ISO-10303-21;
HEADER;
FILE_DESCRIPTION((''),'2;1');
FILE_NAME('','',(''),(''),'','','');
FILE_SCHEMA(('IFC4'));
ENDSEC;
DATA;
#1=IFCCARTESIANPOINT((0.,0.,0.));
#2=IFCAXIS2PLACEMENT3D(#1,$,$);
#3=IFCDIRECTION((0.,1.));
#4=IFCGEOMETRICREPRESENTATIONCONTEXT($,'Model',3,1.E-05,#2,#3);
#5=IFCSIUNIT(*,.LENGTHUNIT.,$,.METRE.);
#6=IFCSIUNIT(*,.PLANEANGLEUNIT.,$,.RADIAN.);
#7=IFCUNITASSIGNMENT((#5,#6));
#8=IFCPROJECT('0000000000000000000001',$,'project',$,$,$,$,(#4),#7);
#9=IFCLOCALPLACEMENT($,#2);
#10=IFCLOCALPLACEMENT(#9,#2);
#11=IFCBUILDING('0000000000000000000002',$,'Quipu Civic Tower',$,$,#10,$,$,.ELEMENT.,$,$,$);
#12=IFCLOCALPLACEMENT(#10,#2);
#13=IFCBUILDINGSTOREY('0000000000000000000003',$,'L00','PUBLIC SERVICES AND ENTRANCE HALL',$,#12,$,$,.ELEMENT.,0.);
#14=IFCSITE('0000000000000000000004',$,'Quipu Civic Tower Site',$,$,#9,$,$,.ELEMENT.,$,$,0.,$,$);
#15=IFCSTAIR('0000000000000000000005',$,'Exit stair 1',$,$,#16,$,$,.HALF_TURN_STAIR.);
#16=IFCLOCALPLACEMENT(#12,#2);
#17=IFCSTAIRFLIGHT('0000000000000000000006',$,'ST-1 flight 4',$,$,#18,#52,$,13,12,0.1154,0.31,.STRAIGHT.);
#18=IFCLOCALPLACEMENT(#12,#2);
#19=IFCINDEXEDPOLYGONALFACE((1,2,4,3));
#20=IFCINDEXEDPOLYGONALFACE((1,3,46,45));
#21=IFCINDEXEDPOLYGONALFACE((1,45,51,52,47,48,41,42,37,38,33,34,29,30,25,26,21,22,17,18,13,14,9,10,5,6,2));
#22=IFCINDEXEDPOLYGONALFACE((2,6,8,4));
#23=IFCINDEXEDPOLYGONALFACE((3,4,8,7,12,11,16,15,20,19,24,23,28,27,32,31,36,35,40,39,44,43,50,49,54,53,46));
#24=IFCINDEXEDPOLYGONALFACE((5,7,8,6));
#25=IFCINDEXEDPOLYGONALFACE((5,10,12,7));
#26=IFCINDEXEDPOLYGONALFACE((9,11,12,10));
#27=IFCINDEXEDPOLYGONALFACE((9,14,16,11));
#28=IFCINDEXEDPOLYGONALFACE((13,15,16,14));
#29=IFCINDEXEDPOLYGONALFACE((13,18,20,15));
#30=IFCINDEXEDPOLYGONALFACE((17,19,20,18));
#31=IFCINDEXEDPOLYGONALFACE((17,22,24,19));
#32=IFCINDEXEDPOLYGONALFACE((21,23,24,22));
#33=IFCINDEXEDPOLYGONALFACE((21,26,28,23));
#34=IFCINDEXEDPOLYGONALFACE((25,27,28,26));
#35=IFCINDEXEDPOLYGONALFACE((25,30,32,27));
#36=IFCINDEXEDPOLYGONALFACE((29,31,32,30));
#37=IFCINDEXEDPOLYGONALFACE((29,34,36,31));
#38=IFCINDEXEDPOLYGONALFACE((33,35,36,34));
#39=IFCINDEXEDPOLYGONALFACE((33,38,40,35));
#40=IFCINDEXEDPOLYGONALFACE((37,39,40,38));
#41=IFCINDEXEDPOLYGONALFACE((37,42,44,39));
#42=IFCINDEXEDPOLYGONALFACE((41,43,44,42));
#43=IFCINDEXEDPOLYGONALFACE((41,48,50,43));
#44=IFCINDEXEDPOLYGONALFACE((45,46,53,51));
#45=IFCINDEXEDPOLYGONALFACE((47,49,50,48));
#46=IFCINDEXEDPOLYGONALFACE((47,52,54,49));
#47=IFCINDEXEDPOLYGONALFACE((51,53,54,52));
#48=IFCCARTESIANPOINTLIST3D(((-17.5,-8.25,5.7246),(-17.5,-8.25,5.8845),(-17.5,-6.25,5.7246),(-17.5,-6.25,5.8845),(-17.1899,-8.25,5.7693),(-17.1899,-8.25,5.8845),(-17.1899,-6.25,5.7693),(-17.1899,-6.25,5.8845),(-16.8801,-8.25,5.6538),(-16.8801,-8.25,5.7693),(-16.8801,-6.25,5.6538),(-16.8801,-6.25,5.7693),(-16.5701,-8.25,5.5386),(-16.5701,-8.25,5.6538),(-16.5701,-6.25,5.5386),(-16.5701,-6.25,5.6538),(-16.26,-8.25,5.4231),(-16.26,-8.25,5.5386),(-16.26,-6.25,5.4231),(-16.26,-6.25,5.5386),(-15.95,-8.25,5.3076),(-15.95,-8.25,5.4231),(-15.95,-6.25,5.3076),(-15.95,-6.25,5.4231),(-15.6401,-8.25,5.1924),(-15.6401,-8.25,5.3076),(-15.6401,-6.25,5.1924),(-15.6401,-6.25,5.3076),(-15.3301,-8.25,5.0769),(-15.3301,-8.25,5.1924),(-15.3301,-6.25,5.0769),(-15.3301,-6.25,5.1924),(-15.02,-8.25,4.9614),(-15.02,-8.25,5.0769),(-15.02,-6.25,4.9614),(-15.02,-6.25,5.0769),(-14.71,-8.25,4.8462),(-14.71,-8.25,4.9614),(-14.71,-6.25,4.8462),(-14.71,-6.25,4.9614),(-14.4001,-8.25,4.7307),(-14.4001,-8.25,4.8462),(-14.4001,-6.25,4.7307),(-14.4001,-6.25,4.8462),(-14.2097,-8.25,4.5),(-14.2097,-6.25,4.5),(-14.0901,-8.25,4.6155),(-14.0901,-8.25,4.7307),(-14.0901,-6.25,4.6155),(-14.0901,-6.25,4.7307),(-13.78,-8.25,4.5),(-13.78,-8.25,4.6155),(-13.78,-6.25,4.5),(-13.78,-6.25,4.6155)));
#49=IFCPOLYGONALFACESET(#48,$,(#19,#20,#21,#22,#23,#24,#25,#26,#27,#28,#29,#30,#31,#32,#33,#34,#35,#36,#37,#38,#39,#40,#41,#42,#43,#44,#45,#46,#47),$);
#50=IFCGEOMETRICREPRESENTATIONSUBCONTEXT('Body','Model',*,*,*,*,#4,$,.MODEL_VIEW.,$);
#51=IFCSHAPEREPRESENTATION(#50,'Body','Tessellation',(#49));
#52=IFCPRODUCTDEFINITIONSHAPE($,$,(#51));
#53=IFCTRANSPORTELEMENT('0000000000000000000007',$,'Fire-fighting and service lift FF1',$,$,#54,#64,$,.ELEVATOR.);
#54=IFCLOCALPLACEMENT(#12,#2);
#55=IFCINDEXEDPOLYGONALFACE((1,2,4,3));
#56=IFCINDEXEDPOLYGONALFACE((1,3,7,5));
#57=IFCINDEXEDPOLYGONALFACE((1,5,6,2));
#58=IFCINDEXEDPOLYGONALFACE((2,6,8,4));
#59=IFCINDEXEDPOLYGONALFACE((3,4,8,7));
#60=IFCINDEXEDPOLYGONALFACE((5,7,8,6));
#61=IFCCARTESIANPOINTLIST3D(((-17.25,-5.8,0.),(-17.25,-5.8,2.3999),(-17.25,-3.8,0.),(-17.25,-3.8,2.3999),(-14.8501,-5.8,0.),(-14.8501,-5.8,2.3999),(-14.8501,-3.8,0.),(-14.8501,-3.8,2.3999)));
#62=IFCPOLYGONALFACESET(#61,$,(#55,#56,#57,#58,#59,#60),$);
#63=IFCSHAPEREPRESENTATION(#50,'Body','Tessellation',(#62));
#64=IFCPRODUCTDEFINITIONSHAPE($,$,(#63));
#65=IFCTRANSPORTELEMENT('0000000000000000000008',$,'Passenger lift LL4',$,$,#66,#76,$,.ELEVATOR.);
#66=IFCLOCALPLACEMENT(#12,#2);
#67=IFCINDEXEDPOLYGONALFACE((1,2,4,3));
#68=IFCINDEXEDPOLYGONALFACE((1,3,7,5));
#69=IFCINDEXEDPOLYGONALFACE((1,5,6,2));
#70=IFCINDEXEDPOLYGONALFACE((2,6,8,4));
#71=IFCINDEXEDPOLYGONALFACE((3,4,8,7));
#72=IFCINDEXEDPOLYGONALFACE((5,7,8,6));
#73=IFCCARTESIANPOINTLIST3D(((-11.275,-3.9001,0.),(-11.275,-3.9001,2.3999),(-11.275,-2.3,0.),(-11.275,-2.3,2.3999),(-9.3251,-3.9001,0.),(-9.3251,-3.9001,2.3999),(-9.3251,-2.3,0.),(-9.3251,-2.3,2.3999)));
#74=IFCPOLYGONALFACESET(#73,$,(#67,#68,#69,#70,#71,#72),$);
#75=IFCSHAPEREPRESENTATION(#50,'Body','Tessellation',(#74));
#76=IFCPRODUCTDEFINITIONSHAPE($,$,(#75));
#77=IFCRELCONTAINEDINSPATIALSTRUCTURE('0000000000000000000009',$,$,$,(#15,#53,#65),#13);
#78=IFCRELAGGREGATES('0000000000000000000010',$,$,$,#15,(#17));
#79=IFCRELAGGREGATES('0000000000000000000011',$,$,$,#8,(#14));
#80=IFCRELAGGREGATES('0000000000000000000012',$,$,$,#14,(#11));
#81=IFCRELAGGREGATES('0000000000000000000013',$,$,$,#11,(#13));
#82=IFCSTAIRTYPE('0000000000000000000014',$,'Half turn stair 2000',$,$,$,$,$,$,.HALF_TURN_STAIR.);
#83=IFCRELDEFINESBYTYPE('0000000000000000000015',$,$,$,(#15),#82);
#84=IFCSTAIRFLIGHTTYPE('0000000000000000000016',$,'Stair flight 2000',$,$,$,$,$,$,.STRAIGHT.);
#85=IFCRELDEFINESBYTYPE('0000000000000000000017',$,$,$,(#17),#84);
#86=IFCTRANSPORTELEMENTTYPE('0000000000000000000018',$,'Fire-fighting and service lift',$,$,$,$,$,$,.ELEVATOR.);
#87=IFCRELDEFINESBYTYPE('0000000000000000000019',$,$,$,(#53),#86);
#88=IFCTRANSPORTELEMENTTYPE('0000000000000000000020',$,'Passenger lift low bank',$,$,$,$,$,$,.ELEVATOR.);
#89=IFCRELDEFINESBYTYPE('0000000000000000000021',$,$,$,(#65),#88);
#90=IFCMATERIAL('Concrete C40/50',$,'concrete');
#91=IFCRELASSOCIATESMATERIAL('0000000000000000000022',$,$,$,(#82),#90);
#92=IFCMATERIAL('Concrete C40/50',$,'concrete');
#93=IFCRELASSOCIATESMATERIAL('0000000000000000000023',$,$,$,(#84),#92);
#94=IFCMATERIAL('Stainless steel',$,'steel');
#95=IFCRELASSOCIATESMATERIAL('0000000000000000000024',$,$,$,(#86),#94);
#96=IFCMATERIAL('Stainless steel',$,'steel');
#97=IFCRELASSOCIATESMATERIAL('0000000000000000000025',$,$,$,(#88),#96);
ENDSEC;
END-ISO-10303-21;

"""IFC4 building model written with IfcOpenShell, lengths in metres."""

from ifc_helpers import new_model, si_unit, direction, frame, origin, origin_2d, place, context, subcontext, project, spatial, polyline, rectangle, outline, extrude, material, type_object, element, aggregate, save


model = new_model("IFC4")

# Units and contexts
model_context = context("Model", 3, precision=1e-05, world=origin(), true_north=direction((0.0, 1.0)))
body_context = subcontext(model_context, "Body", "Model", "MODEL_VIEW")
ifc_project = project(units=[si_unit("LENGTHUNIT", "METRE"), si_unit("PLANEANGLEUNIT", "RADIAN")], contexts=[model_context])

# Site, building, storey
site_placement = place(None, origin())
site = spatial("IfcSite", under=ifc_project, at=site_placement, Name="Quipu Civic Tower Site", CompositionType="ELEMENT", RefElevation=0.0)
building_placement = place(site_placement, origin())
building = spatial("IfcBuilding", under=site, at=building_placement, Name="Quipu Civic Tower", CompositionType="ELEMENT")
storey_placement = place(building_placement, origin())
storey = spatial("IfcBuildingStorey", under=building, at=storey_placement, Name="L00", Description="PUBLIC SERVICES AND ENTRANCE HALL", CompositionType="ELEMENT", Elevation=0.0)

# Stair, stair flight
ifc_material_1 = material(Name="Concrete C40/50", Category="concrete")
stair_type = type_object("IfcStairType", Name="Half turn stair 2000", PredefinedType="HALF_TURN_STAIR", material=ifc_material_1)
stair_placement = place(storey_placement, origin())
stair = element("IfcStair", 1, at=stair_placement, inside=storey, type_object=stair_type, Name="Exit stair 1", PredefinedType="HALF_TURN_STAIR")
ifc_material_2 = material(Name="Concrete C40/50", Category="concrete")
stair_flight_type = type_object("IfcStairFlightType", Name="Stair flight 2000", PredefinedType="STRAIGHT", material=ifc_material_2)
stair_flight_placement = place(storey_placement, frame((-13.78, -7.25, 4.5), z_axis=(0.0, 0.0, 1.0), x_axis=(-1.0, 0.0, 0.0)))
stair_flight = element("IfcStairFlight", 2, at=stair_flight_placement, type_object=stair_flight_type, Name="ST-1 flight 4", NumberOfRisers=13, NumberOfTreads=12, PredefinedType="STRAIGHT", RiserHeight=0.1154, TreadLength=0.31, context=body_context, shape_type="SweptSolid", body=[
    extrude(outline(polyline([(0.0, 0.0), (0.0, 0.1155), (0.3101, 0.1155), (0.3101, 0.2307), (0.6201, 0.2307), (0.6201, 0.3462), (0.9299, 0.3462), (0.9299, 0.4614), (1.24, 0.4614), (1.24, 0.5769), (1.55, 0.5769), (1.55, 0.6924), (1.8601, 0.6924), (1.8601, 0.8076), (2.1699, 0.8076), (2.1699, 0.9231), (2.48, 0.9231), (2.48, 1.0386), (2.79, 1.0386), (2.79, 1.1538), (3.1001, 1.1538), (3.1001, 1.2693), (3.4099, 1.2693), (3.4099, 1.3845), (3.72, 1.3845), (3.72, 1.5), (3.72, 1.2246), (0.4297, 0.0), (0.0, 0.0)])), frame((0.0, 1.0, 0.0), z_axis=(0.0, -1.0, 0.0), x_axis=(1.0, 0.0, 0.0)), (0.0, 0.0, 1.0), 2.0),
])
aggregate(stair, [stair_flight])

# Transport elements
ifc_material_3 = material(Name="Stainless steel", Category="steel")
transport_element_type_1 = type_object("IfcTransportElementType", Name="Fire-fighting and service lift", PredefinedType="ELEVATOR", material=ifc_material_3)
transport_element_1_placement = place(storey_placement, frame((-16.05, -4.8, 0.0), z_axis=(0.0, 0.0, 1.0), x_axis=(1.0, 0.0, 0.0)))
element("IfcTransportElement", 3, at=transport_element_1_placement, inside=storey, type_object=transport_element_type_1, Name="Fire-fighting and service lift FF1", PredefinedType="ELEVATOR", context=body_context, shape_type="SweptSolid", body=[
    extrude(rectangle(XDim=2.3999, YDim=2.0, at=origin_2d()), origin(), (0.0, 0.0, 1.0), 2.3999),
])
ifc_material_4 = material(Name="Stainless steel", Category="steel")
transport_element_type_2 = type_object("IfcTransportElementType", Name="Passenger lift low bank", PredefinedType="ELEVATOR", material=ifc_material_4)
transport_element_2_placement = place(storey_placement, frame((-10.3, -3.1001, 0.0), z_axis=(0.0, 0.0, 1.0), x_axis=(1.0, 0.0, 0.0)))
element("IfcTransportElement", 4, at=transport_element_2_placement, inside=storey, type_object=transport_element_type_2, Name="Passenger lift LL4", PredefinedType="ELEVATOR", context=body_context, shape_type="SweptSolid", body=[
    extrude(rectangle(XDim=1.95, YDim=1.6001, at=origin_2d()), origin(), (0.0, 0.0, 1.0), 2.3999),
])

save(model, "model.ifc")
